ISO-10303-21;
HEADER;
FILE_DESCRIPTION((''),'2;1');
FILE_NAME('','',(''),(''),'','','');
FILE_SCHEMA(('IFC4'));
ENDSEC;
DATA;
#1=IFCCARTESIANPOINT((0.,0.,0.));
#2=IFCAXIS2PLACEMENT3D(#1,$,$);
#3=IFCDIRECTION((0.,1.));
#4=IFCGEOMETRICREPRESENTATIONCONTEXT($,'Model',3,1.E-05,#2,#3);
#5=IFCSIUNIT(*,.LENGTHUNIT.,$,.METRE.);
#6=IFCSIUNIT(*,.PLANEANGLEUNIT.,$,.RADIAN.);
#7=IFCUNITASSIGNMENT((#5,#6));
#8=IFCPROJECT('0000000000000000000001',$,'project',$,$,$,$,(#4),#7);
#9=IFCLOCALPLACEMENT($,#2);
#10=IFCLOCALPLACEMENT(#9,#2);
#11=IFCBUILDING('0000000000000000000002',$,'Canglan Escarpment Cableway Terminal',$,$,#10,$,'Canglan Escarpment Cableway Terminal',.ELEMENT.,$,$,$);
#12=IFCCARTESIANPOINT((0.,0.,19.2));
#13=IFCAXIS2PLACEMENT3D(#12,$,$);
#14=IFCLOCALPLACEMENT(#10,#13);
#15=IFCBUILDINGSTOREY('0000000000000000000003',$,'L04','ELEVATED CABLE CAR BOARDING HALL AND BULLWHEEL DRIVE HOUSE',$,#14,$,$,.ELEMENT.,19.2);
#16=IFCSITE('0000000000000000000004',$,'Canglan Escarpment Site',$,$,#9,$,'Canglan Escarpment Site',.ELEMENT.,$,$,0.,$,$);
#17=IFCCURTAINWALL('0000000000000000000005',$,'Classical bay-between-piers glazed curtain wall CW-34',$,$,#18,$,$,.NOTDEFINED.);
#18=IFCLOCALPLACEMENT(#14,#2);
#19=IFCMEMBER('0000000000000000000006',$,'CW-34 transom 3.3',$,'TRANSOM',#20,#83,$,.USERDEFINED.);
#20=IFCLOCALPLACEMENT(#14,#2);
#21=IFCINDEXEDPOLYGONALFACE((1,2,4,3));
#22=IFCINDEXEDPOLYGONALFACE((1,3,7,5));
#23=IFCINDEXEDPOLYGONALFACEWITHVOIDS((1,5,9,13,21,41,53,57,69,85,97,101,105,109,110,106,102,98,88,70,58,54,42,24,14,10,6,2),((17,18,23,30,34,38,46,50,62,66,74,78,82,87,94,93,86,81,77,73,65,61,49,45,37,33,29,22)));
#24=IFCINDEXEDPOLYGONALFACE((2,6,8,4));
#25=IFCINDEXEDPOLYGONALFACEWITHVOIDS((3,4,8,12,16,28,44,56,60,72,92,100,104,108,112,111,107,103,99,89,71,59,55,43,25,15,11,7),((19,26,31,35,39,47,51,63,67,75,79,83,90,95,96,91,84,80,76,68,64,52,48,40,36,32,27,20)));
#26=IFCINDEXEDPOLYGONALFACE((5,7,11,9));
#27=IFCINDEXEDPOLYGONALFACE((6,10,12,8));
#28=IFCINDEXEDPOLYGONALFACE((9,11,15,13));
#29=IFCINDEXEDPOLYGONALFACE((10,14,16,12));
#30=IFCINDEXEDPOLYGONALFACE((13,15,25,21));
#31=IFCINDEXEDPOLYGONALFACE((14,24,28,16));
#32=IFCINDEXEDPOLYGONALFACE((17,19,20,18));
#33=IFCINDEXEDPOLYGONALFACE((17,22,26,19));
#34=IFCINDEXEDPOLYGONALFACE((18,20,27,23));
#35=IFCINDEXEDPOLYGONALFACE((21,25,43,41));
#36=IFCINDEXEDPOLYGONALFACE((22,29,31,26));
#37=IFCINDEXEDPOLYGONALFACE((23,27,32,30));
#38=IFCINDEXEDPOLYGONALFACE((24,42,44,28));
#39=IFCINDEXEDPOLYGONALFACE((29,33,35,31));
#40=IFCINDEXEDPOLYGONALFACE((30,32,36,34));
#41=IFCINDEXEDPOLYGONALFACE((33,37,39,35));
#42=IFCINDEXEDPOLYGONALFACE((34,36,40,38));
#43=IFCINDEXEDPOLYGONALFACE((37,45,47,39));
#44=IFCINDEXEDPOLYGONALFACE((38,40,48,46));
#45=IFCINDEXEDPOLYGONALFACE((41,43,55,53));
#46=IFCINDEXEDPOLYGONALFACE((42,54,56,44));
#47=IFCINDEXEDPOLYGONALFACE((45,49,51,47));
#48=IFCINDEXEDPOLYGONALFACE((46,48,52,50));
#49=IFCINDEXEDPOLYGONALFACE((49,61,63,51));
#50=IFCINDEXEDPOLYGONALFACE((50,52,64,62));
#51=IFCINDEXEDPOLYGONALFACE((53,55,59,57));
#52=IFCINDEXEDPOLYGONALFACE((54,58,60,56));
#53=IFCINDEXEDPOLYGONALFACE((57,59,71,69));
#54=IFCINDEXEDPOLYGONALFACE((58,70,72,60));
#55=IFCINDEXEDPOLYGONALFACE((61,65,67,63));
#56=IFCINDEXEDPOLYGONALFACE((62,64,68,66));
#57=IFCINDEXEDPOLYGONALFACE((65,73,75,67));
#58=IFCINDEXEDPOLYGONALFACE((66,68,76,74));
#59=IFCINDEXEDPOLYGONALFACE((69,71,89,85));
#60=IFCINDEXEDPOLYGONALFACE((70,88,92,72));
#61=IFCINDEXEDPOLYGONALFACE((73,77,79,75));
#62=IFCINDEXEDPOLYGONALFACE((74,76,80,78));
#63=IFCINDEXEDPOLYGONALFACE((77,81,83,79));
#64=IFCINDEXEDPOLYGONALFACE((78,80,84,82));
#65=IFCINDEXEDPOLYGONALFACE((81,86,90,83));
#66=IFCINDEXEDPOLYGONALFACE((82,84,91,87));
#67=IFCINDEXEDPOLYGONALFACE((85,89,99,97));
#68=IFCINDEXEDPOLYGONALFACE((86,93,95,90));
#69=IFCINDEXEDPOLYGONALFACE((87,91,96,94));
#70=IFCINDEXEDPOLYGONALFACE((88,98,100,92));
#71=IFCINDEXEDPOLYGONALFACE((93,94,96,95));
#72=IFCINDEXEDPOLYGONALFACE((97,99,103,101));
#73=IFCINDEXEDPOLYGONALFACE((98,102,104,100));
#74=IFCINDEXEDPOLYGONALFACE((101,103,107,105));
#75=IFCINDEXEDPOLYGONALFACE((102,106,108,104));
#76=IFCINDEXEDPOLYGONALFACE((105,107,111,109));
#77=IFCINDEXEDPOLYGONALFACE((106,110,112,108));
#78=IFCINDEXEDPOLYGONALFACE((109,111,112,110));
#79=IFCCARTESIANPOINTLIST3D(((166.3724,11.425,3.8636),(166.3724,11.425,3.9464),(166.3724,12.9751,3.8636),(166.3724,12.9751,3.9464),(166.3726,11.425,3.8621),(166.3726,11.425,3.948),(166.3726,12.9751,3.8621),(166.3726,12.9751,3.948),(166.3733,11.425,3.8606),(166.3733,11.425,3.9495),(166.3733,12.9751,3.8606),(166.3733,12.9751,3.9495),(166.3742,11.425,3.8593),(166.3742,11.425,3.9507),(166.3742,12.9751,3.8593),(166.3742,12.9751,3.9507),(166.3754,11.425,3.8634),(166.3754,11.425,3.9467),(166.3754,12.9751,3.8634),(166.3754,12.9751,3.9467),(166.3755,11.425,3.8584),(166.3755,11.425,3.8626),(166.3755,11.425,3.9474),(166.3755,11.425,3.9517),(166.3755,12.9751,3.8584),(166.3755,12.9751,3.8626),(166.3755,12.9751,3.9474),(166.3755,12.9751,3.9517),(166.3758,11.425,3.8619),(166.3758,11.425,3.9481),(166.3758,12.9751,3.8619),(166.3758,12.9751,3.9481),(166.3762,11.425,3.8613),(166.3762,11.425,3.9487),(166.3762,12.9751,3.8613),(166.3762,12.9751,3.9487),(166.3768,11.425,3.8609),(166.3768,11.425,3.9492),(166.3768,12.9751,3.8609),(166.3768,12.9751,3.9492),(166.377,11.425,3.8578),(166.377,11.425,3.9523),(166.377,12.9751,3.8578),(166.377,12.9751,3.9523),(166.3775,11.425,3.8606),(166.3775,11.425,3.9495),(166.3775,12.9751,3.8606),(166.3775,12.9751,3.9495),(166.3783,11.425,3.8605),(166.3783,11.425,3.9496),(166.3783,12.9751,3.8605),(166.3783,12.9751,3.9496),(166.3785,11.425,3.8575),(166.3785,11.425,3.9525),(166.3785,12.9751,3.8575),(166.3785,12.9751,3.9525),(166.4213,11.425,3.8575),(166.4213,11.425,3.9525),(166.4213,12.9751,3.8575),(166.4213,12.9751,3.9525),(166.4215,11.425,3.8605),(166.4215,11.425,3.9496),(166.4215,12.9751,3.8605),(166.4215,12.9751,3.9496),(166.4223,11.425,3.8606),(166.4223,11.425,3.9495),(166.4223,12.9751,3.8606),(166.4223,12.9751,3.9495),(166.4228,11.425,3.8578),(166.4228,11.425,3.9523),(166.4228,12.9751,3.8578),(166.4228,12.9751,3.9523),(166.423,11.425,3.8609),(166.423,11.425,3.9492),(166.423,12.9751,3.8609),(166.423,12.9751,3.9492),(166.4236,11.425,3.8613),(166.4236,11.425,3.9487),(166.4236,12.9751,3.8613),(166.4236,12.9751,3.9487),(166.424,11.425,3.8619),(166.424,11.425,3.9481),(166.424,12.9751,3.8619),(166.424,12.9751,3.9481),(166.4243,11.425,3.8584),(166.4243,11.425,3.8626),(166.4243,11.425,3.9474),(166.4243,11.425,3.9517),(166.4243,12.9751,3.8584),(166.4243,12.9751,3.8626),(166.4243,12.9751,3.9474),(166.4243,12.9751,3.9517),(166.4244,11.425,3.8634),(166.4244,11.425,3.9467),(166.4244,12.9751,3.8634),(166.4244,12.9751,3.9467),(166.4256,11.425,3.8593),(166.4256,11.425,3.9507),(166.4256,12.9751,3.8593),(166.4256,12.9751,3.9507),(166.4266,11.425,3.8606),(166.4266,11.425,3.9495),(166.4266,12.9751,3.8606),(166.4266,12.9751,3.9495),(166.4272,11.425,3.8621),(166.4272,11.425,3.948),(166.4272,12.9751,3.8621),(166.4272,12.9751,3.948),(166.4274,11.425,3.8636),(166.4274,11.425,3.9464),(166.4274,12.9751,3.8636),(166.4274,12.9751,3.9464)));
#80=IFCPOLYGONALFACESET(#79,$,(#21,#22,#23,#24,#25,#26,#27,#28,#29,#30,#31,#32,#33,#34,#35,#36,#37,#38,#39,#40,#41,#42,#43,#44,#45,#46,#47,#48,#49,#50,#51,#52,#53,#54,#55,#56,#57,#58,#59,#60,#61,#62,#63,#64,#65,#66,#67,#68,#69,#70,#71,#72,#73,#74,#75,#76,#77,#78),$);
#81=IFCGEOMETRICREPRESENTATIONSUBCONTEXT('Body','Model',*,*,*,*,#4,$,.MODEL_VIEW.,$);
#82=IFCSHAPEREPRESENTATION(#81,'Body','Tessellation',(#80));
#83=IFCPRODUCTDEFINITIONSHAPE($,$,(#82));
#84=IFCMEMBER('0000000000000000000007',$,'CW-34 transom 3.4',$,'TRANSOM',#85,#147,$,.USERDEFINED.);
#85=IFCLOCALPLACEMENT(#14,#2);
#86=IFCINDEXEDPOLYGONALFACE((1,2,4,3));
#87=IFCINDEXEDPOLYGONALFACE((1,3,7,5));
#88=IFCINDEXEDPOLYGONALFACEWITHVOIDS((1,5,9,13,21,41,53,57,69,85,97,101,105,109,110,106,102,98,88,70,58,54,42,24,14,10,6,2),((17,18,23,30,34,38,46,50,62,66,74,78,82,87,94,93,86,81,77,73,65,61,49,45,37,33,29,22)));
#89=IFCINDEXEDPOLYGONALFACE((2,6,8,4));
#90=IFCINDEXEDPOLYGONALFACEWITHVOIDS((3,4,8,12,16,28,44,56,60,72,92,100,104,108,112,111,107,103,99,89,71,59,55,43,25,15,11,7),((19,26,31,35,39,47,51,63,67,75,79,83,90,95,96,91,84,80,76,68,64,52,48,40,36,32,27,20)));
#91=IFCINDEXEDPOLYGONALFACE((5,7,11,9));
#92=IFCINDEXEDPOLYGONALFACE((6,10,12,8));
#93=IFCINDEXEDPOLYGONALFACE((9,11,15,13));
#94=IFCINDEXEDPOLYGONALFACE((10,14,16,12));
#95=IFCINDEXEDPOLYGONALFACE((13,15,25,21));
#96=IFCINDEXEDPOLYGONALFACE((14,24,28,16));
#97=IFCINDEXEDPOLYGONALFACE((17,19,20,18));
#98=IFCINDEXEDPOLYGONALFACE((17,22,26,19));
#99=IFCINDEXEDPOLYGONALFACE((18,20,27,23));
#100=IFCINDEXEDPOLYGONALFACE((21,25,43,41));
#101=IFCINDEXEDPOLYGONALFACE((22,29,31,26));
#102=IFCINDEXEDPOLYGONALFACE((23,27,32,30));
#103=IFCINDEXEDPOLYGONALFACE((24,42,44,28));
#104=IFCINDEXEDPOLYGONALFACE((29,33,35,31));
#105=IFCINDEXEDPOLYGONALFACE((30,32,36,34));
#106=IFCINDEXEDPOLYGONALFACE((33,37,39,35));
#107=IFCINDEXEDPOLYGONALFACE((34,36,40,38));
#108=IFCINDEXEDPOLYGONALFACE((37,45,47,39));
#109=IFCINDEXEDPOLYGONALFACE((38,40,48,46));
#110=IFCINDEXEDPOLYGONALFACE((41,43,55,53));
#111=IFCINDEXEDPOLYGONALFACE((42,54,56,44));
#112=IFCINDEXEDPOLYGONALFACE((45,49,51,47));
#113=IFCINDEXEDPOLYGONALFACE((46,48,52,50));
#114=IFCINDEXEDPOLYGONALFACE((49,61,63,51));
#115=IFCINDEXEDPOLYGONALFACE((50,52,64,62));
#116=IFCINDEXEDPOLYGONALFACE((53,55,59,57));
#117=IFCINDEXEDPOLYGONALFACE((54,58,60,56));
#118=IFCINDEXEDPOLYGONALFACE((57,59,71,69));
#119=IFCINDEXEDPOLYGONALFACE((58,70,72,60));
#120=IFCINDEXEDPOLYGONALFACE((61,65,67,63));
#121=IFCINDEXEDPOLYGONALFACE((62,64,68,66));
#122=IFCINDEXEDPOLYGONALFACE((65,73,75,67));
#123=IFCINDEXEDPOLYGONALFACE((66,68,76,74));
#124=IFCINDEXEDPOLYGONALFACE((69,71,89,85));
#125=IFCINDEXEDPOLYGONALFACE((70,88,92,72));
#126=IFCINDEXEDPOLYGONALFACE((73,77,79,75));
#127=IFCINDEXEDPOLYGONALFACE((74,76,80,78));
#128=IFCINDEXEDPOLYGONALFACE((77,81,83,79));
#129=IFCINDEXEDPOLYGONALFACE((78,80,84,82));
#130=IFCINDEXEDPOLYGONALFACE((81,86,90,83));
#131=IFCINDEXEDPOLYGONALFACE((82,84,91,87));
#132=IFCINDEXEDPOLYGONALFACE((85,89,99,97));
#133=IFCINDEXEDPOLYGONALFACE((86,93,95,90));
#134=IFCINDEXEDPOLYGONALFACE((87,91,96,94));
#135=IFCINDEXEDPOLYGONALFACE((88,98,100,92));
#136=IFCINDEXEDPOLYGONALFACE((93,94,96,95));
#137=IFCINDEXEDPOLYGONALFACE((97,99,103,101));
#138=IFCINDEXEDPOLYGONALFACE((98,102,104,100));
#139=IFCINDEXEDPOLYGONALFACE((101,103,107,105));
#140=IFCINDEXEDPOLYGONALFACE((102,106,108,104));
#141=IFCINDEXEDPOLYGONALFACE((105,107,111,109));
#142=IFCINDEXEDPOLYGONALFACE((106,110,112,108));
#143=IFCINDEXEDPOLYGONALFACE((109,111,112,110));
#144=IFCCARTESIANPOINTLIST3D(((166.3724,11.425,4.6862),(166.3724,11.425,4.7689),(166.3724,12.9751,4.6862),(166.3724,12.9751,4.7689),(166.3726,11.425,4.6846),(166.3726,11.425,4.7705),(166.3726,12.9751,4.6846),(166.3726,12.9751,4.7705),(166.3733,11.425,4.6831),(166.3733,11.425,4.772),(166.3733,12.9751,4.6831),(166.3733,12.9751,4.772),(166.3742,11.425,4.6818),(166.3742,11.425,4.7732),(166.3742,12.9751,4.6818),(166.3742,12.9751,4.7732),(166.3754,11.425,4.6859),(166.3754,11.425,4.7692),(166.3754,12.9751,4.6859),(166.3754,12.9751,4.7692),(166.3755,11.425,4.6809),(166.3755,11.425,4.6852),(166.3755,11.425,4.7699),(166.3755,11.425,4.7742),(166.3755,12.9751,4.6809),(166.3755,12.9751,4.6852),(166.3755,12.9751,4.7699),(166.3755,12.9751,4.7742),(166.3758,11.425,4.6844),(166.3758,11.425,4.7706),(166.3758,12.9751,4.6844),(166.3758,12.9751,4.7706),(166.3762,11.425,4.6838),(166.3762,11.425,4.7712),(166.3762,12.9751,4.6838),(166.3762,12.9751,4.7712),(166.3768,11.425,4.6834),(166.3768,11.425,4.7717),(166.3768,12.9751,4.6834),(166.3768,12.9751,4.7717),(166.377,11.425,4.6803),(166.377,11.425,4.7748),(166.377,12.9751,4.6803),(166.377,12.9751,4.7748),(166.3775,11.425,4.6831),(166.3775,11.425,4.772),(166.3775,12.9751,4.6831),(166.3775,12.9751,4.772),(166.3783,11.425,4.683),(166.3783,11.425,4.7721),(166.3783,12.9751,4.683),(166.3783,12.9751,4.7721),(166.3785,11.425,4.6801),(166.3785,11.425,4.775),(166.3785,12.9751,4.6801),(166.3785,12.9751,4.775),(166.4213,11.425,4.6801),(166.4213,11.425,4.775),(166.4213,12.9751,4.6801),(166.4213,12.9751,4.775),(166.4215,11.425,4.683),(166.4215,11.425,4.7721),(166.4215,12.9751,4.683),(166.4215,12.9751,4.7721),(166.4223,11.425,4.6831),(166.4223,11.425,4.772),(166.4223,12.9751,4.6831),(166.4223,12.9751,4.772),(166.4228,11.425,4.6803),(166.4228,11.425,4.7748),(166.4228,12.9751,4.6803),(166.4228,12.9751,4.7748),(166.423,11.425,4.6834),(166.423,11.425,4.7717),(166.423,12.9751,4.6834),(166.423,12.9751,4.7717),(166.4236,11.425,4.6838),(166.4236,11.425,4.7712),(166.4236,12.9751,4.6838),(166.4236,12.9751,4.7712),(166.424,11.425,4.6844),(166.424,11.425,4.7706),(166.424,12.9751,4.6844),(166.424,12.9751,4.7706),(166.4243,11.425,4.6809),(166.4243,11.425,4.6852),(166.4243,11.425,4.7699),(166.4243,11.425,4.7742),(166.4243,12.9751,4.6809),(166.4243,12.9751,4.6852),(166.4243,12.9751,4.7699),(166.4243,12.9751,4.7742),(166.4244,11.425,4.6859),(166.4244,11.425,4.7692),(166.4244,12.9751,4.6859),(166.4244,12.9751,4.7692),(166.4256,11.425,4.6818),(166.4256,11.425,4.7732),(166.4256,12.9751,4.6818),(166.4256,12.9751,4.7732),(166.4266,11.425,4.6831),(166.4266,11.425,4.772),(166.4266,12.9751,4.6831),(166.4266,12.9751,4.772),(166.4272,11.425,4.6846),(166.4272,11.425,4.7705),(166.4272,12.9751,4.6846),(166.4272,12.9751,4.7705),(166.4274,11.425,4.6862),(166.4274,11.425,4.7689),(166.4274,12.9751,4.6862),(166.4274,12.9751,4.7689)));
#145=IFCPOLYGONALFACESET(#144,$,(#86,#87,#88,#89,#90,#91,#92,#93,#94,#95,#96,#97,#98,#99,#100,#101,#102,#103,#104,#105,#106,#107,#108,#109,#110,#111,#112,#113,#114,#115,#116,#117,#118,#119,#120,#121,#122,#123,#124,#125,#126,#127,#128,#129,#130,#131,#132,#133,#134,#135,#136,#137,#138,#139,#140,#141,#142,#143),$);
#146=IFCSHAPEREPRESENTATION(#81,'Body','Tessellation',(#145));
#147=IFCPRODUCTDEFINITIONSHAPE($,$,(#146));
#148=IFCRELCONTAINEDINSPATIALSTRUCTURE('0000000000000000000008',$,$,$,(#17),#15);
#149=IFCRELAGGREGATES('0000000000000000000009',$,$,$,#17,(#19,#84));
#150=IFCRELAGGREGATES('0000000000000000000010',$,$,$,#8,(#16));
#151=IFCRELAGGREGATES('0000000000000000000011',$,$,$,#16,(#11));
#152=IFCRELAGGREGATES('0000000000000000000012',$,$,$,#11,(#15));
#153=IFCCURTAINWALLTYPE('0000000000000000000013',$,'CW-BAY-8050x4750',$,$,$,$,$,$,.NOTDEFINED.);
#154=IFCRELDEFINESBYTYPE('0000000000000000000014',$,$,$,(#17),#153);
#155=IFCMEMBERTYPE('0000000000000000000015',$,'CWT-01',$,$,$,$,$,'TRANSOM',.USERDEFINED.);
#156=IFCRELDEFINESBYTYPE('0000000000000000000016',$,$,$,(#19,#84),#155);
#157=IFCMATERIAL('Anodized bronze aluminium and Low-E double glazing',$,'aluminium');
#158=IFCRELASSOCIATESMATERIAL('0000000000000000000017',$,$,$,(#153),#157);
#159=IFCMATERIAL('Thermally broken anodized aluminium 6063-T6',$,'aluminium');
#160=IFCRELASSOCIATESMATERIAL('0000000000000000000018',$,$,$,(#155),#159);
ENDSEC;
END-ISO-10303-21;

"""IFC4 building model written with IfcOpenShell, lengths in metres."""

from ifc_helpers import new_model, si_unit, direction, frame, origin, origin_2d, place, context, subcontext, project, spatial, hollow_rectangle, extrude, material, material_profile, profile_set, type_object, element, aggregate, save


model = new_model("IFC4")

# Units and contexts
model_context = context("Model", 3, precision=1e-05, world=origin(), true_north=direction((0.0, 1.0)))
body_context = subcontext(model_context, "Body", "Model", "MODEL_VIEW")
ifc_project = project(units=[si_unit("LENGTHUNIT", "METRE"), si_unit("PLANEANGLEUNIT", "RADIAN")], contexts=[model_context])

# Site, building, storey
site_placement = place(None, origin())
site = spatial("IfcSite", under=ifc_project, at=site_placement, Name="Canglan Escarpment Site", LongName="Canglan Escarpment Site", CompositionType="ELEMENT", RefElevation=0.0)
building_placement = place(site_placement, origin())
building = spatial("IfcBuilding", under=site, at=building_placement, Name="Canglan Escarpment Cableway Terminal", LongName="Canglan Escarpment Cableway Terminal", CompositionType="ELEMENT")
storey_placement = place(building_placement, frame((0.0, 0.0, 19.2)))
storey = spatial("IfcBuildingStorey", under=building, at=storey_placement, Name="L04", Description="ELEVATED CABLE CAR BOARDING HALL AND BULLWHEEL DRIVE HOUSE", CompositionType="ELEMENT", Elevation=19.2)

# Curtain wall
ifc_material_1 = material(Name="Anodized bronze aluminium and Low-E double glazing", Category="aluminium")
curtain_wall_type_1 = type_object("IfcCurtainWallType", Name="CW-BAY-8050x4750", PredefinedType="NOTDEFINED", material=ifc_material_1)
curtain_wall_1_placement = place(storey_placement, origin())
curtain_wall_1 = element("IfcCurtainWall", 1, at=curtain_wall_1_placement, inside=storey, type_object=curtain_wall_type_1, Name="Classical bay-between-piers glazed curtain wall CW-34", PredefinedType="NOTDEFINED")
ifc_material_2 = material(Name="Thermally broken anodized aluminium 6063-T6", Category="aluminium")

# Members
ifc_material_profile_1 = material_profile(ifc_material_2, hollow_rectangle(XDim=0.0549, YDim=0.095, WallThickness=0.0029, InnerFilletRadius=0.0029, OuterFilletRadius=0.0061, at=origin_2d()), Name="ALU-TRAN 55x95x3")
ifc_profile_set_1 = profile_set([ifc_material_profile_1], Name="Thermally broken anodized aluminium 6063-T6")
member_type_1 = type_object("IfcMemberType", Name="CWT-01", ElementType="TRANSOM", PredefinedType="USERDEFINED", material=ifc_profile_set_1)
member_1_placement = place(storey_placement, frame((166.3999, 11.425, 3.905), z_axis=(0.0, 1.0, 0.0), x_axis=(-1.0, 0.0, 0.0)))
member_1 = element("IfcMember", 2, at=member_1_placement, type_object=member_type_1, Name="CW-34 transom 3.3", ObjectType="TRANSOM", PredefinedType="USERDEFINED", context=body_context, shape_type="SweptSolid", body=[
    extrude(hollow_rectangle(XDim=0.0549, YDim=0.095, WallThickness=0.0029, InnerFilletRadius=0.0029, OuterFilletRadius=0.0061, at=origin_2d()), origin(), (0.0, 0.0, 1.0), 1.55),
])
member_2_placement = place(storey_placement, frame((166.3999, 11.425, 4.7275), z_axis=(0.0, 1.0, 0.0), x_axis=(-1.0, 0.0, 0.0)))
member_2 = element("IfcMember", 3, at=member_2_placement, type_object=member_type_1, Name="CW-34 transom 3.4", ObjectType="TRANSOM", PredefinedType="USERDEFINED", context=body_context, shape_type="SweptSolid", body=[
    extrude(hollow_rectangle(XDim=0.0549, YDim=0.095, WallThickness=0.0029, InnerFilletRadius=0.0029, OuterFilletRadius=0.0061, at=origin_2d()), origin(), (0.0, 0.0, 1.0), 1.55),
])

aggregate(curtain_wall_1, [member_1, member_2])

save(model, "model.ifc")
